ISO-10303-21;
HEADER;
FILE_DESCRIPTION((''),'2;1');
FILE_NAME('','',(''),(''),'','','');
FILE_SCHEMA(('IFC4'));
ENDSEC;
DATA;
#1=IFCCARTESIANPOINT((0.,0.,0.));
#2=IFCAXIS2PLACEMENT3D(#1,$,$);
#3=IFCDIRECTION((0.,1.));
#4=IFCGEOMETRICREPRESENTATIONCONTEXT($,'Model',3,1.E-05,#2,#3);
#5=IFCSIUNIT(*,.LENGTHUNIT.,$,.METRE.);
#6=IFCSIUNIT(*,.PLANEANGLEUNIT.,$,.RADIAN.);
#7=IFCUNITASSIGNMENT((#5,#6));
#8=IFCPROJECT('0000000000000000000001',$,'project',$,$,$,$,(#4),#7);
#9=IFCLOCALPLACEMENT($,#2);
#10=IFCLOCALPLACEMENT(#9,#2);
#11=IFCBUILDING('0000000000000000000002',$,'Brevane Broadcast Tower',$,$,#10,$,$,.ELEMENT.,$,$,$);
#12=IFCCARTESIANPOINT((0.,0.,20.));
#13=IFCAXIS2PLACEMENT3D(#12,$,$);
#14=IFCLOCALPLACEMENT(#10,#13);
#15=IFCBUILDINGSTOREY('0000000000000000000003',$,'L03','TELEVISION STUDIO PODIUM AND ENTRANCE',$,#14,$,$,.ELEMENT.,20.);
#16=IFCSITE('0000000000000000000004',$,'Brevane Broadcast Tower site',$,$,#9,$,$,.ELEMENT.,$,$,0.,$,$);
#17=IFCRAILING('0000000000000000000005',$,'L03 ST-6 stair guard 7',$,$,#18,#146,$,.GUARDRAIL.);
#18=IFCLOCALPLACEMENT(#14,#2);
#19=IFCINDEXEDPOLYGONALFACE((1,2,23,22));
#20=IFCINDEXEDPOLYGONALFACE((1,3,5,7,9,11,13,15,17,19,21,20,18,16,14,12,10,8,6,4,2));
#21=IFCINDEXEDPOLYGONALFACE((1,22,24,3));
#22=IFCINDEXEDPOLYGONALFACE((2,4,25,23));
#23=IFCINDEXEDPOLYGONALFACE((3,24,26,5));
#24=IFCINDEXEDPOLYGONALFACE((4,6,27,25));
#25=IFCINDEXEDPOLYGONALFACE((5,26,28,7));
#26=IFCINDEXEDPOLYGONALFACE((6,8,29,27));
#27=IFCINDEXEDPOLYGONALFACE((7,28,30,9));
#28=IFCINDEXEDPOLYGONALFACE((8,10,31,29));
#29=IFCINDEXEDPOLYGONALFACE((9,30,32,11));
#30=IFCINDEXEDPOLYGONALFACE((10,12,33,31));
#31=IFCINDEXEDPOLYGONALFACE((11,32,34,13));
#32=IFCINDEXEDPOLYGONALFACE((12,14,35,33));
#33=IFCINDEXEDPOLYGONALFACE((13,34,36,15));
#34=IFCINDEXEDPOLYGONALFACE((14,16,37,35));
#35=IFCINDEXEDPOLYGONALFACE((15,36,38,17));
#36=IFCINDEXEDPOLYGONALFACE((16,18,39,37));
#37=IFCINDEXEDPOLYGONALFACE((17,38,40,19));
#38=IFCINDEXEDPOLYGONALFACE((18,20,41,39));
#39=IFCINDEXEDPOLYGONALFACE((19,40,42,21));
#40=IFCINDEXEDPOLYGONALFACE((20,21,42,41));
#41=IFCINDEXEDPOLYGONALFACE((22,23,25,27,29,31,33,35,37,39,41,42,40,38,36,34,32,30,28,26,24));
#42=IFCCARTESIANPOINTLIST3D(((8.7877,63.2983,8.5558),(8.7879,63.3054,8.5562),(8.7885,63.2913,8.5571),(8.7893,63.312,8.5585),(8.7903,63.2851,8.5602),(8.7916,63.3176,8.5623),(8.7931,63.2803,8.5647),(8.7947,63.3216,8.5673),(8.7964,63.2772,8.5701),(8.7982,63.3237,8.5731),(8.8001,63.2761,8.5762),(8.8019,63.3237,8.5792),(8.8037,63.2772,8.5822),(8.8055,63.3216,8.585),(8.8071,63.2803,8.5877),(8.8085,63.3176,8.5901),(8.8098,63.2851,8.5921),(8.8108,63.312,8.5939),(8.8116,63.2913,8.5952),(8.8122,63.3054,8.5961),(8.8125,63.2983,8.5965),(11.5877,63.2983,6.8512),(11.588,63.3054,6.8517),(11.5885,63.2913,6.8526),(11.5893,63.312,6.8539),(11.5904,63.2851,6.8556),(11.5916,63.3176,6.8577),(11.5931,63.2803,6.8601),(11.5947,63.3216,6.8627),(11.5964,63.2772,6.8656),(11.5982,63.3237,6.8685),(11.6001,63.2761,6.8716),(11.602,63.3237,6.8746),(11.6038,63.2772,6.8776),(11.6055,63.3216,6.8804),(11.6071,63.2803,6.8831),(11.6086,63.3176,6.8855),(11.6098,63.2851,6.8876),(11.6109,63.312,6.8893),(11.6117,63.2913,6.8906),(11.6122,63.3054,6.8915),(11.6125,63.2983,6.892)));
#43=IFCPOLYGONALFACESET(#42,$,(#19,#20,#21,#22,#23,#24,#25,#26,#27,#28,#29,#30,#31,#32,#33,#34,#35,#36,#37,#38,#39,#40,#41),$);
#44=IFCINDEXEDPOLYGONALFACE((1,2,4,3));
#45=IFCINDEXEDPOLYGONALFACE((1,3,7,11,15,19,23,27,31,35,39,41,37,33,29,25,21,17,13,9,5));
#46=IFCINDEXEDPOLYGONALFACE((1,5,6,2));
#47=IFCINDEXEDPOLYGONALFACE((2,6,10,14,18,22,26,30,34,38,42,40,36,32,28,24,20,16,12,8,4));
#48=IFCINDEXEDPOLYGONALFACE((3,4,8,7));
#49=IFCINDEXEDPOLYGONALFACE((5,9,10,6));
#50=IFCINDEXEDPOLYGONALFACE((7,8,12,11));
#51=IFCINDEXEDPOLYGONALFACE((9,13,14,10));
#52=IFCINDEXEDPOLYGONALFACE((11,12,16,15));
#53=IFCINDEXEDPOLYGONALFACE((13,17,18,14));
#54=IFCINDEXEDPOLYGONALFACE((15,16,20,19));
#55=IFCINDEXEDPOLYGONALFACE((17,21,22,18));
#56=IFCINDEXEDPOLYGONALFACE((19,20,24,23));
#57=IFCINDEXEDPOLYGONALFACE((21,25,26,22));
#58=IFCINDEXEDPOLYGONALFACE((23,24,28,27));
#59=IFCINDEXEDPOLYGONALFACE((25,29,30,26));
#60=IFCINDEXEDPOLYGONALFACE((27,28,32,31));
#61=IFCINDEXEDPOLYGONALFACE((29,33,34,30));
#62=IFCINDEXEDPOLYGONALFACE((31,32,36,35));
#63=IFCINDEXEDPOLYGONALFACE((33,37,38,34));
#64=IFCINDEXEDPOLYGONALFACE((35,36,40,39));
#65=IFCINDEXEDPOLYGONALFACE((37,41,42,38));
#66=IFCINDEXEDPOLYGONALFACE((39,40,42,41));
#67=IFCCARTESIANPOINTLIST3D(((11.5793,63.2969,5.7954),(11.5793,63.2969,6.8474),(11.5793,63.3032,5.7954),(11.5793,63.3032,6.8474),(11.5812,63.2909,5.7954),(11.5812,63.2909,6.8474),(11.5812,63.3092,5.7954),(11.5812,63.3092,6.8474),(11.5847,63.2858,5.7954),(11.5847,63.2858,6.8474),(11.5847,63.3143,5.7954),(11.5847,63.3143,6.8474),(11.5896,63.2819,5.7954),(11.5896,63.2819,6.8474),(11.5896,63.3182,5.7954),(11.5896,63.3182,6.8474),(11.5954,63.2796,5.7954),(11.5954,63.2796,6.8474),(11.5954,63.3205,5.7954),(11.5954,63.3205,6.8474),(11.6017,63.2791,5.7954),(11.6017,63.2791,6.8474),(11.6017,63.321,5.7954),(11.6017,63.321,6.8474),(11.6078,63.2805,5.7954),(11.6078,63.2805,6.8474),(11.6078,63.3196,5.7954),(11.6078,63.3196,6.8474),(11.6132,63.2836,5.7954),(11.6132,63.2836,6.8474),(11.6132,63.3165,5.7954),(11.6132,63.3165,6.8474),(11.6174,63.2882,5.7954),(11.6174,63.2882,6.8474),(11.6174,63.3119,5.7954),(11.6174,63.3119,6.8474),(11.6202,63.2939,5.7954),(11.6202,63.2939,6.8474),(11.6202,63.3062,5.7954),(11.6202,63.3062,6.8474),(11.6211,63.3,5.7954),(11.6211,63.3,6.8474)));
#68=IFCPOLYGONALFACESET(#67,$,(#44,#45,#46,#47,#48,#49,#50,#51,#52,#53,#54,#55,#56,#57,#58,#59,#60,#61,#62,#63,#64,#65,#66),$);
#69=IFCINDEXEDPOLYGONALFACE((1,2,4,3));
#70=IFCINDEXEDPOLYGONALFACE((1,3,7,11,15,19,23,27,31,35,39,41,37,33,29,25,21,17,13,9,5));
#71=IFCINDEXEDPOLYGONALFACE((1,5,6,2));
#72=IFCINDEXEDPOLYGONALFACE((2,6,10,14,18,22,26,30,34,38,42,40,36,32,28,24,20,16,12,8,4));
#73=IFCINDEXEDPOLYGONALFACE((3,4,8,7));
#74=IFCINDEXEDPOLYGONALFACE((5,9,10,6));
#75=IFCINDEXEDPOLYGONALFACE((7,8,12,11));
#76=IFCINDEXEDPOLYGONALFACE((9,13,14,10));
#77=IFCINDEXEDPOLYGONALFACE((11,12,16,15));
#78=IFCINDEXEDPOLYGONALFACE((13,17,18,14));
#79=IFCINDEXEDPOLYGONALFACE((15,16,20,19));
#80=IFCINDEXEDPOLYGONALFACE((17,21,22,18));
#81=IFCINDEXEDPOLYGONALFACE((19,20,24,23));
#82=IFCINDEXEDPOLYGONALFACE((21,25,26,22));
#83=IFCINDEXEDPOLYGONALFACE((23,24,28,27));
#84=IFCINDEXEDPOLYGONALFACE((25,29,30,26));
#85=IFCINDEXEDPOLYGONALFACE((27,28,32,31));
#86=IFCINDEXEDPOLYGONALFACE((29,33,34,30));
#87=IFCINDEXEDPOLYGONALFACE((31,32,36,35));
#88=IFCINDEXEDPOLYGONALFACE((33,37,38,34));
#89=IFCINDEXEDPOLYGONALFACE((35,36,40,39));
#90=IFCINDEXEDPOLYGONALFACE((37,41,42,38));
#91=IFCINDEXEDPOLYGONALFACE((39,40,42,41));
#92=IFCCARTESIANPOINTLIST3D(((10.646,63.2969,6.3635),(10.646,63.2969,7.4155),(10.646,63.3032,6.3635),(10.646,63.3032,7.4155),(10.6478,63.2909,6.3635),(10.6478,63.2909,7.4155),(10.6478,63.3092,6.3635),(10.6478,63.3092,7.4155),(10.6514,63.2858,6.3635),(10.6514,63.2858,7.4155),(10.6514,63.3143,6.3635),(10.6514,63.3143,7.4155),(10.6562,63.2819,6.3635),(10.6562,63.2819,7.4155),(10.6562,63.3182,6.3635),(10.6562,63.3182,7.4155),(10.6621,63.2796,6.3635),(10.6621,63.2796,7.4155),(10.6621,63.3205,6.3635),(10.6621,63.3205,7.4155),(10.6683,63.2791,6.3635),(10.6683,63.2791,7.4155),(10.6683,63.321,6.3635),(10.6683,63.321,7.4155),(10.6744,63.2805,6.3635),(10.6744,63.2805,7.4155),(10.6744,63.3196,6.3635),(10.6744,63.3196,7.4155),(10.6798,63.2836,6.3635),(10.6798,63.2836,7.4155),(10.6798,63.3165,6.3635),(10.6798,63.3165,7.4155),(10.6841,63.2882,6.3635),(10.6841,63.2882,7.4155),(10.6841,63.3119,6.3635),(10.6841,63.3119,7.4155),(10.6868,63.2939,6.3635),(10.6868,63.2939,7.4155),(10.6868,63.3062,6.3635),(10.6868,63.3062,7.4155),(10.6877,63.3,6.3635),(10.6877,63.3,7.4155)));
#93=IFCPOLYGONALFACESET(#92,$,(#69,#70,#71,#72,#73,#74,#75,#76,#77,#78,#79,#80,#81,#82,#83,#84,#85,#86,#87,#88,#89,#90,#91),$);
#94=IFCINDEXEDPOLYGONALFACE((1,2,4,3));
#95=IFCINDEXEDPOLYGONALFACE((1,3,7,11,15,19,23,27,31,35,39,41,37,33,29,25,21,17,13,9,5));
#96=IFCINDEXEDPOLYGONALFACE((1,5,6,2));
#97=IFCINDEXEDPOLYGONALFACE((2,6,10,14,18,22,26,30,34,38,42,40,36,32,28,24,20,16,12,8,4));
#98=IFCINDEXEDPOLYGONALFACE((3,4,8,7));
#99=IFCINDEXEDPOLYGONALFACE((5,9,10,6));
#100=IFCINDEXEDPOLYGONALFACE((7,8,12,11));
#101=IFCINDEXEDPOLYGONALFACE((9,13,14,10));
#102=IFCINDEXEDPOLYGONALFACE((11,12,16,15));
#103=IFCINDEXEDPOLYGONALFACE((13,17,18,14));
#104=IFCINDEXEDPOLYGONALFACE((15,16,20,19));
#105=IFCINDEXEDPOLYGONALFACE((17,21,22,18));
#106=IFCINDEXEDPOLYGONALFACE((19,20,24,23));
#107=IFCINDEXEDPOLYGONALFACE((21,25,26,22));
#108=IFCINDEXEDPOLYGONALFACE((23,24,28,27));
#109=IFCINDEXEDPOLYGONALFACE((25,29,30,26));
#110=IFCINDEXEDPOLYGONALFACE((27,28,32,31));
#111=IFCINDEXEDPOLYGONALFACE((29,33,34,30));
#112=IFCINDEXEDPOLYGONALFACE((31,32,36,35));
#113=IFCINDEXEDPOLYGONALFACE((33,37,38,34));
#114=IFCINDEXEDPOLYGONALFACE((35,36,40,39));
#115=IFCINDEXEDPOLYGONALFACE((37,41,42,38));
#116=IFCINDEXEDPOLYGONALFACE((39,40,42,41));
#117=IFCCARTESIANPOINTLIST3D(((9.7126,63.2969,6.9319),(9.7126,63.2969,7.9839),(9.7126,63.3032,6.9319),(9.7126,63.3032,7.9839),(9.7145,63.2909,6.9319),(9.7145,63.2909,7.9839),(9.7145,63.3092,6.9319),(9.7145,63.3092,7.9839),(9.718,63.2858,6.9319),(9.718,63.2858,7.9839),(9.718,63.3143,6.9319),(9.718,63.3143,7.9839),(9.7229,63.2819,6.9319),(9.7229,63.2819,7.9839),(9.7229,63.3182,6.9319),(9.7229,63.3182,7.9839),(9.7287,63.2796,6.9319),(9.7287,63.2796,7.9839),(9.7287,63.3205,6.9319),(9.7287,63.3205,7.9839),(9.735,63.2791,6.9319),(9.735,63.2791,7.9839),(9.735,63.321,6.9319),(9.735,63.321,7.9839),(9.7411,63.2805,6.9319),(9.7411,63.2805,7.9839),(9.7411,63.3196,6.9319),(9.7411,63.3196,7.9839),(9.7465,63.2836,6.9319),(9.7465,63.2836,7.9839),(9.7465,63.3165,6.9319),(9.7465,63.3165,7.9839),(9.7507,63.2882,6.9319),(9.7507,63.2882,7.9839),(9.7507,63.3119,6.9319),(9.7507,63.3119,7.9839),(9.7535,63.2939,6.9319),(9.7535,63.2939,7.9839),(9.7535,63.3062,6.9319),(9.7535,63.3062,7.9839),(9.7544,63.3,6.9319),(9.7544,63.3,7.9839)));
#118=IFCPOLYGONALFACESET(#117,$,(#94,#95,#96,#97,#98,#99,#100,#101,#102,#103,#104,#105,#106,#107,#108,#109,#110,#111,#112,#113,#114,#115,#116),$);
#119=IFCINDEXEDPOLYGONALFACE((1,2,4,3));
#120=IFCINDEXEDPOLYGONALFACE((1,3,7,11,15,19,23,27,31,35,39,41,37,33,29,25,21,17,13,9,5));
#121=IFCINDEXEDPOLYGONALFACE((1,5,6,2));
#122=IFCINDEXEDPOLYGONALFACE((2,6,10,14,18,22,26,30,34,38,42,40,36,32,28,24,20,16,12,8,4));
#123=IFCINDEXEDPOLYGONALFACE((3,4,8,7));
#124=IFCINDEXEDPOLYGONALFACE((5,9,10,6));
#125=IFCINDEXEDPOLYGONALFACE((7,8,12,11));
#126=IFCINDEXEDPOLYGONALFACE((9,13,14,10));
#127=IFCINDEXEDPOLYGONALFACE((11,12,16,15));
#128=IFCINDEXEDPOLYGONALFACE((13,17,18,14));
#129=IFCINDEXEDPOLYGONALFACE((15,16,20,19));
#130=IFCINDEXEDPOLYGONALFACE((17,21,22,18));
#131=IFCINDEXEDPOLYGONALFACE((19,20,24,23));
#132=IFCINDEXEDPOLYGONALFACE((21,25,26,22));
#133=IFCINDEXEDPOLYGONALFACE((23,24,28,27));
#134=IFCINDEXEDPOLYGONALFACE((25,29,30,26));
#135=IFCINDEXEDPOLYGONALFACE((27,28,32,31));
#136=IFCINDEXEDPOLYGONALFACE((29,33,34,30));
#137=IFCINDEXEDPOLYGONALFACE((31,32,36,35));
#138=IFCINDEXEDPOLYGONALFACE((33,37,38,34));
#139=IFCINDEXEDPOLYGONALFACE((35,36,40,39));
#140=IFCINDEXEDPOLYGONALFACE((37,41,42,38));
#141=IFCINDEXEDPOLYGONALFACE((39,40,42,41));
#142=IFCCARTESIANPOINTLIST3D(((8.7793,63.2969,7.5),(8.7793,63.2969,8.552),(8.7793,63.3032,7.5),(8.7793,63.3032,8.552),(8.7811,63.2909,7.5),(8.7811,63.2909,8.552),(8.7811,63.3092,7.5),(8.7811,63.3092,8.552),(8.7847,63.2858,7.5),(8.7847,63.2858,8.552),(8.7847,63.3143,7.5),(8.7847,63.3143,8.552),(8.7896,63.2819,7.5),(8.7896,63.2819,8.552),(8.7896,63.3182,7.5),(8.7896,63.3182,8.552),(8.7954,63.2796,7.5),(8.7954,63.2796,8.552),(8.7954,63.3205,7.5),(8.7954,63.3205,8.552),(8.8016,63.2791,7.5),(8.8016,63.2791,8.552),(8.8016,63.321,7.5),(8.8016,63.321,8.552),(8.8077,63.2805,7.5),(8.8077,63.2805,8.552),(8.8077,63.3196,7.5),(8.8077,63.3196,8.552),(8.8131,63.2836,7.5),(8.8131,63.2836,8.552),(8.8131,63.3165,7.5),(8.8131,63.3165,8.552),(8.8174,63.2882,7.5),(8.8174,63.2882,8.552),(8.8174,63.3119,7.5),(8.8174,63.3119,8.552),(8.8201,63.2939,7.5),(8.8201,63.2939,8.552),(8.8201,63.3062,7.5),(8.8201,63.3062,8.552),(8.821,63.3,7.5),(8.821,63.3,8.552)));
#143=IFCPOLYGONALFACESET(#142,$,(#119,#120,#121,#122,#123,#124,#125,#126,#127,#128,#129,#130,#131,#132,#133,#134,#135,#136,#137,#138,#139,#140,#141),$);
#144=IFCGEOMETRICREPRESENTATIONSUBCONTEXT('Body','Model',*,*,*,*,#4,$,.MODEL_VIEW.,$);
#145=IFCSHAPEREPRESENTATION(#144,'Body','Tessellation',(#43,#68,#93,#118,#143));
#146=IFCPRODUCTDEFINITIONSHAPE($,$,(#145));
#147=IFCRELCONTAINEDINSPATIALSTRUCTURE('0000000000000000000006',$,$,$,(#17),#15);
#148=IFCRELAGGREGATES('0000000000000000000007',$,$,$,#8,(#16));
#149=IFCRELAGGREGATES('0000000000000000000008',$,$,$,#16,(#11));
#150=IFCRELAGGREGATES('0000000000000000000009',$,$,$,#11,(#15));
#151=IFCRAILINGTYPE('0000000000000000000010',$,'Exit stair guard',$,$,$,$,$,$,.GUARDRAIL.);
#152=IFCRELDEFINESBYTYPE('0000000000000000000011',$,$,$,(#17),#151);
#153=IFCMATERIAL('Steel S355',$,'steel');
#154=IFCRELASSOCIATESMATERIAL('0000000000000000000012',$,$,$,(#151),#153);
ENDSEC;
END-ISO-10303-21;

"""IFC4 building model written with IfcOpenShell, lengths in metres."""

from ifc_helpers import new_model, si_unit, direction, frame, origin, origin_2d, place, context, subcontext, project, spatial, circle, extrude, material, type_object, element, save


model = new_model("IFC4")

# Units and contexts
model_context = context("Model", 3, precision=1e-05, world=origin(), true_north=direction((0.0, 1.0)))
body_context = subcontext(model_context, "Body", "Model", "MODEL_VIEW")
ifc_project = project(units=[si_unit("LENGTHUNIT", "METRE"), si_unit("PLANEANGLEUNIT", "RADIAN")], contexts=[model_context])

# Site, building, storey
site_placement = place(None, origin())
site = spatial("IfcSite", under=ifc_project, at=site_placement, Name="Brevane Broadcast Tower site", CompositionType="ELEMENT", RefElevation=0.0)
building_placement = place(site_placement, origin())
building = spatial("IfcBuilding", under=site, at=building_placement, Name="Brevane Broadcast Tower", CompositionType="ELEMENT")
storey_placement = place(building_placement, frame((0.0, 0.0, 20.0)))
storey = spatial("IfcBuildingStorey", under=building, at=storey_placement, Name="L03", Description="TELEVISION STUDIO PODIUM AND ENTRANCE", CompositionType="ELEMENT", Elevation=20.0)

# Railing
ifc_material_1 = material(Name="Steel S355", Category="steel")
railing_type_1 = type_object("IfcRailingType", Name="Exit stair guard", PredefinedType="GUARDRAIL", material=ifc_material_1)
railing_1_placement = place(storey_placement, frame((11.6001, 63.3, 5.7954)))
element("IfcRailing", 1, at=railing_1_placement, inside=storey, type_object=railing_type_1, Name="L03 ST-6 stair guard 7", PredefinedType="GUARDRAIL", context=body_context, shape_type="SweptSolid", body=[
    extrude(circle(Radius=0.0239, at=origin_2d()), frame((0.0, 0.0, 1.0762), z_axis=(-0.85417, 0.0, 0.519994), x_axis=(0.0, -1.0, 0.0)), (0.0, 0.0, 1.0), 3.2781),
    extrude(circle(Radius=0.021, at=origin_2d()), origin(), (0.0, 0.0, 1.0), 1.052),
    extrude(circle(Radius=0.021, at=origin_2d()), frame((-0.9333, 0.0, 0.5681)), (0.0, 0.0, 1.0), 1.052),
    extrude(circle(Radius=0.021, at=origin_2d()), frame((-1.8667, 0.0, 1.1365)), (0.0, 0.0, 1.0), 1.052),
    extrude(circle(Radius=0.021, at=origin_2d()), frame((-2.8, 0.0, 1.7046)), (0.0, 0.0, 1.0), 1.052),
])

save(model, "model.ifc")
